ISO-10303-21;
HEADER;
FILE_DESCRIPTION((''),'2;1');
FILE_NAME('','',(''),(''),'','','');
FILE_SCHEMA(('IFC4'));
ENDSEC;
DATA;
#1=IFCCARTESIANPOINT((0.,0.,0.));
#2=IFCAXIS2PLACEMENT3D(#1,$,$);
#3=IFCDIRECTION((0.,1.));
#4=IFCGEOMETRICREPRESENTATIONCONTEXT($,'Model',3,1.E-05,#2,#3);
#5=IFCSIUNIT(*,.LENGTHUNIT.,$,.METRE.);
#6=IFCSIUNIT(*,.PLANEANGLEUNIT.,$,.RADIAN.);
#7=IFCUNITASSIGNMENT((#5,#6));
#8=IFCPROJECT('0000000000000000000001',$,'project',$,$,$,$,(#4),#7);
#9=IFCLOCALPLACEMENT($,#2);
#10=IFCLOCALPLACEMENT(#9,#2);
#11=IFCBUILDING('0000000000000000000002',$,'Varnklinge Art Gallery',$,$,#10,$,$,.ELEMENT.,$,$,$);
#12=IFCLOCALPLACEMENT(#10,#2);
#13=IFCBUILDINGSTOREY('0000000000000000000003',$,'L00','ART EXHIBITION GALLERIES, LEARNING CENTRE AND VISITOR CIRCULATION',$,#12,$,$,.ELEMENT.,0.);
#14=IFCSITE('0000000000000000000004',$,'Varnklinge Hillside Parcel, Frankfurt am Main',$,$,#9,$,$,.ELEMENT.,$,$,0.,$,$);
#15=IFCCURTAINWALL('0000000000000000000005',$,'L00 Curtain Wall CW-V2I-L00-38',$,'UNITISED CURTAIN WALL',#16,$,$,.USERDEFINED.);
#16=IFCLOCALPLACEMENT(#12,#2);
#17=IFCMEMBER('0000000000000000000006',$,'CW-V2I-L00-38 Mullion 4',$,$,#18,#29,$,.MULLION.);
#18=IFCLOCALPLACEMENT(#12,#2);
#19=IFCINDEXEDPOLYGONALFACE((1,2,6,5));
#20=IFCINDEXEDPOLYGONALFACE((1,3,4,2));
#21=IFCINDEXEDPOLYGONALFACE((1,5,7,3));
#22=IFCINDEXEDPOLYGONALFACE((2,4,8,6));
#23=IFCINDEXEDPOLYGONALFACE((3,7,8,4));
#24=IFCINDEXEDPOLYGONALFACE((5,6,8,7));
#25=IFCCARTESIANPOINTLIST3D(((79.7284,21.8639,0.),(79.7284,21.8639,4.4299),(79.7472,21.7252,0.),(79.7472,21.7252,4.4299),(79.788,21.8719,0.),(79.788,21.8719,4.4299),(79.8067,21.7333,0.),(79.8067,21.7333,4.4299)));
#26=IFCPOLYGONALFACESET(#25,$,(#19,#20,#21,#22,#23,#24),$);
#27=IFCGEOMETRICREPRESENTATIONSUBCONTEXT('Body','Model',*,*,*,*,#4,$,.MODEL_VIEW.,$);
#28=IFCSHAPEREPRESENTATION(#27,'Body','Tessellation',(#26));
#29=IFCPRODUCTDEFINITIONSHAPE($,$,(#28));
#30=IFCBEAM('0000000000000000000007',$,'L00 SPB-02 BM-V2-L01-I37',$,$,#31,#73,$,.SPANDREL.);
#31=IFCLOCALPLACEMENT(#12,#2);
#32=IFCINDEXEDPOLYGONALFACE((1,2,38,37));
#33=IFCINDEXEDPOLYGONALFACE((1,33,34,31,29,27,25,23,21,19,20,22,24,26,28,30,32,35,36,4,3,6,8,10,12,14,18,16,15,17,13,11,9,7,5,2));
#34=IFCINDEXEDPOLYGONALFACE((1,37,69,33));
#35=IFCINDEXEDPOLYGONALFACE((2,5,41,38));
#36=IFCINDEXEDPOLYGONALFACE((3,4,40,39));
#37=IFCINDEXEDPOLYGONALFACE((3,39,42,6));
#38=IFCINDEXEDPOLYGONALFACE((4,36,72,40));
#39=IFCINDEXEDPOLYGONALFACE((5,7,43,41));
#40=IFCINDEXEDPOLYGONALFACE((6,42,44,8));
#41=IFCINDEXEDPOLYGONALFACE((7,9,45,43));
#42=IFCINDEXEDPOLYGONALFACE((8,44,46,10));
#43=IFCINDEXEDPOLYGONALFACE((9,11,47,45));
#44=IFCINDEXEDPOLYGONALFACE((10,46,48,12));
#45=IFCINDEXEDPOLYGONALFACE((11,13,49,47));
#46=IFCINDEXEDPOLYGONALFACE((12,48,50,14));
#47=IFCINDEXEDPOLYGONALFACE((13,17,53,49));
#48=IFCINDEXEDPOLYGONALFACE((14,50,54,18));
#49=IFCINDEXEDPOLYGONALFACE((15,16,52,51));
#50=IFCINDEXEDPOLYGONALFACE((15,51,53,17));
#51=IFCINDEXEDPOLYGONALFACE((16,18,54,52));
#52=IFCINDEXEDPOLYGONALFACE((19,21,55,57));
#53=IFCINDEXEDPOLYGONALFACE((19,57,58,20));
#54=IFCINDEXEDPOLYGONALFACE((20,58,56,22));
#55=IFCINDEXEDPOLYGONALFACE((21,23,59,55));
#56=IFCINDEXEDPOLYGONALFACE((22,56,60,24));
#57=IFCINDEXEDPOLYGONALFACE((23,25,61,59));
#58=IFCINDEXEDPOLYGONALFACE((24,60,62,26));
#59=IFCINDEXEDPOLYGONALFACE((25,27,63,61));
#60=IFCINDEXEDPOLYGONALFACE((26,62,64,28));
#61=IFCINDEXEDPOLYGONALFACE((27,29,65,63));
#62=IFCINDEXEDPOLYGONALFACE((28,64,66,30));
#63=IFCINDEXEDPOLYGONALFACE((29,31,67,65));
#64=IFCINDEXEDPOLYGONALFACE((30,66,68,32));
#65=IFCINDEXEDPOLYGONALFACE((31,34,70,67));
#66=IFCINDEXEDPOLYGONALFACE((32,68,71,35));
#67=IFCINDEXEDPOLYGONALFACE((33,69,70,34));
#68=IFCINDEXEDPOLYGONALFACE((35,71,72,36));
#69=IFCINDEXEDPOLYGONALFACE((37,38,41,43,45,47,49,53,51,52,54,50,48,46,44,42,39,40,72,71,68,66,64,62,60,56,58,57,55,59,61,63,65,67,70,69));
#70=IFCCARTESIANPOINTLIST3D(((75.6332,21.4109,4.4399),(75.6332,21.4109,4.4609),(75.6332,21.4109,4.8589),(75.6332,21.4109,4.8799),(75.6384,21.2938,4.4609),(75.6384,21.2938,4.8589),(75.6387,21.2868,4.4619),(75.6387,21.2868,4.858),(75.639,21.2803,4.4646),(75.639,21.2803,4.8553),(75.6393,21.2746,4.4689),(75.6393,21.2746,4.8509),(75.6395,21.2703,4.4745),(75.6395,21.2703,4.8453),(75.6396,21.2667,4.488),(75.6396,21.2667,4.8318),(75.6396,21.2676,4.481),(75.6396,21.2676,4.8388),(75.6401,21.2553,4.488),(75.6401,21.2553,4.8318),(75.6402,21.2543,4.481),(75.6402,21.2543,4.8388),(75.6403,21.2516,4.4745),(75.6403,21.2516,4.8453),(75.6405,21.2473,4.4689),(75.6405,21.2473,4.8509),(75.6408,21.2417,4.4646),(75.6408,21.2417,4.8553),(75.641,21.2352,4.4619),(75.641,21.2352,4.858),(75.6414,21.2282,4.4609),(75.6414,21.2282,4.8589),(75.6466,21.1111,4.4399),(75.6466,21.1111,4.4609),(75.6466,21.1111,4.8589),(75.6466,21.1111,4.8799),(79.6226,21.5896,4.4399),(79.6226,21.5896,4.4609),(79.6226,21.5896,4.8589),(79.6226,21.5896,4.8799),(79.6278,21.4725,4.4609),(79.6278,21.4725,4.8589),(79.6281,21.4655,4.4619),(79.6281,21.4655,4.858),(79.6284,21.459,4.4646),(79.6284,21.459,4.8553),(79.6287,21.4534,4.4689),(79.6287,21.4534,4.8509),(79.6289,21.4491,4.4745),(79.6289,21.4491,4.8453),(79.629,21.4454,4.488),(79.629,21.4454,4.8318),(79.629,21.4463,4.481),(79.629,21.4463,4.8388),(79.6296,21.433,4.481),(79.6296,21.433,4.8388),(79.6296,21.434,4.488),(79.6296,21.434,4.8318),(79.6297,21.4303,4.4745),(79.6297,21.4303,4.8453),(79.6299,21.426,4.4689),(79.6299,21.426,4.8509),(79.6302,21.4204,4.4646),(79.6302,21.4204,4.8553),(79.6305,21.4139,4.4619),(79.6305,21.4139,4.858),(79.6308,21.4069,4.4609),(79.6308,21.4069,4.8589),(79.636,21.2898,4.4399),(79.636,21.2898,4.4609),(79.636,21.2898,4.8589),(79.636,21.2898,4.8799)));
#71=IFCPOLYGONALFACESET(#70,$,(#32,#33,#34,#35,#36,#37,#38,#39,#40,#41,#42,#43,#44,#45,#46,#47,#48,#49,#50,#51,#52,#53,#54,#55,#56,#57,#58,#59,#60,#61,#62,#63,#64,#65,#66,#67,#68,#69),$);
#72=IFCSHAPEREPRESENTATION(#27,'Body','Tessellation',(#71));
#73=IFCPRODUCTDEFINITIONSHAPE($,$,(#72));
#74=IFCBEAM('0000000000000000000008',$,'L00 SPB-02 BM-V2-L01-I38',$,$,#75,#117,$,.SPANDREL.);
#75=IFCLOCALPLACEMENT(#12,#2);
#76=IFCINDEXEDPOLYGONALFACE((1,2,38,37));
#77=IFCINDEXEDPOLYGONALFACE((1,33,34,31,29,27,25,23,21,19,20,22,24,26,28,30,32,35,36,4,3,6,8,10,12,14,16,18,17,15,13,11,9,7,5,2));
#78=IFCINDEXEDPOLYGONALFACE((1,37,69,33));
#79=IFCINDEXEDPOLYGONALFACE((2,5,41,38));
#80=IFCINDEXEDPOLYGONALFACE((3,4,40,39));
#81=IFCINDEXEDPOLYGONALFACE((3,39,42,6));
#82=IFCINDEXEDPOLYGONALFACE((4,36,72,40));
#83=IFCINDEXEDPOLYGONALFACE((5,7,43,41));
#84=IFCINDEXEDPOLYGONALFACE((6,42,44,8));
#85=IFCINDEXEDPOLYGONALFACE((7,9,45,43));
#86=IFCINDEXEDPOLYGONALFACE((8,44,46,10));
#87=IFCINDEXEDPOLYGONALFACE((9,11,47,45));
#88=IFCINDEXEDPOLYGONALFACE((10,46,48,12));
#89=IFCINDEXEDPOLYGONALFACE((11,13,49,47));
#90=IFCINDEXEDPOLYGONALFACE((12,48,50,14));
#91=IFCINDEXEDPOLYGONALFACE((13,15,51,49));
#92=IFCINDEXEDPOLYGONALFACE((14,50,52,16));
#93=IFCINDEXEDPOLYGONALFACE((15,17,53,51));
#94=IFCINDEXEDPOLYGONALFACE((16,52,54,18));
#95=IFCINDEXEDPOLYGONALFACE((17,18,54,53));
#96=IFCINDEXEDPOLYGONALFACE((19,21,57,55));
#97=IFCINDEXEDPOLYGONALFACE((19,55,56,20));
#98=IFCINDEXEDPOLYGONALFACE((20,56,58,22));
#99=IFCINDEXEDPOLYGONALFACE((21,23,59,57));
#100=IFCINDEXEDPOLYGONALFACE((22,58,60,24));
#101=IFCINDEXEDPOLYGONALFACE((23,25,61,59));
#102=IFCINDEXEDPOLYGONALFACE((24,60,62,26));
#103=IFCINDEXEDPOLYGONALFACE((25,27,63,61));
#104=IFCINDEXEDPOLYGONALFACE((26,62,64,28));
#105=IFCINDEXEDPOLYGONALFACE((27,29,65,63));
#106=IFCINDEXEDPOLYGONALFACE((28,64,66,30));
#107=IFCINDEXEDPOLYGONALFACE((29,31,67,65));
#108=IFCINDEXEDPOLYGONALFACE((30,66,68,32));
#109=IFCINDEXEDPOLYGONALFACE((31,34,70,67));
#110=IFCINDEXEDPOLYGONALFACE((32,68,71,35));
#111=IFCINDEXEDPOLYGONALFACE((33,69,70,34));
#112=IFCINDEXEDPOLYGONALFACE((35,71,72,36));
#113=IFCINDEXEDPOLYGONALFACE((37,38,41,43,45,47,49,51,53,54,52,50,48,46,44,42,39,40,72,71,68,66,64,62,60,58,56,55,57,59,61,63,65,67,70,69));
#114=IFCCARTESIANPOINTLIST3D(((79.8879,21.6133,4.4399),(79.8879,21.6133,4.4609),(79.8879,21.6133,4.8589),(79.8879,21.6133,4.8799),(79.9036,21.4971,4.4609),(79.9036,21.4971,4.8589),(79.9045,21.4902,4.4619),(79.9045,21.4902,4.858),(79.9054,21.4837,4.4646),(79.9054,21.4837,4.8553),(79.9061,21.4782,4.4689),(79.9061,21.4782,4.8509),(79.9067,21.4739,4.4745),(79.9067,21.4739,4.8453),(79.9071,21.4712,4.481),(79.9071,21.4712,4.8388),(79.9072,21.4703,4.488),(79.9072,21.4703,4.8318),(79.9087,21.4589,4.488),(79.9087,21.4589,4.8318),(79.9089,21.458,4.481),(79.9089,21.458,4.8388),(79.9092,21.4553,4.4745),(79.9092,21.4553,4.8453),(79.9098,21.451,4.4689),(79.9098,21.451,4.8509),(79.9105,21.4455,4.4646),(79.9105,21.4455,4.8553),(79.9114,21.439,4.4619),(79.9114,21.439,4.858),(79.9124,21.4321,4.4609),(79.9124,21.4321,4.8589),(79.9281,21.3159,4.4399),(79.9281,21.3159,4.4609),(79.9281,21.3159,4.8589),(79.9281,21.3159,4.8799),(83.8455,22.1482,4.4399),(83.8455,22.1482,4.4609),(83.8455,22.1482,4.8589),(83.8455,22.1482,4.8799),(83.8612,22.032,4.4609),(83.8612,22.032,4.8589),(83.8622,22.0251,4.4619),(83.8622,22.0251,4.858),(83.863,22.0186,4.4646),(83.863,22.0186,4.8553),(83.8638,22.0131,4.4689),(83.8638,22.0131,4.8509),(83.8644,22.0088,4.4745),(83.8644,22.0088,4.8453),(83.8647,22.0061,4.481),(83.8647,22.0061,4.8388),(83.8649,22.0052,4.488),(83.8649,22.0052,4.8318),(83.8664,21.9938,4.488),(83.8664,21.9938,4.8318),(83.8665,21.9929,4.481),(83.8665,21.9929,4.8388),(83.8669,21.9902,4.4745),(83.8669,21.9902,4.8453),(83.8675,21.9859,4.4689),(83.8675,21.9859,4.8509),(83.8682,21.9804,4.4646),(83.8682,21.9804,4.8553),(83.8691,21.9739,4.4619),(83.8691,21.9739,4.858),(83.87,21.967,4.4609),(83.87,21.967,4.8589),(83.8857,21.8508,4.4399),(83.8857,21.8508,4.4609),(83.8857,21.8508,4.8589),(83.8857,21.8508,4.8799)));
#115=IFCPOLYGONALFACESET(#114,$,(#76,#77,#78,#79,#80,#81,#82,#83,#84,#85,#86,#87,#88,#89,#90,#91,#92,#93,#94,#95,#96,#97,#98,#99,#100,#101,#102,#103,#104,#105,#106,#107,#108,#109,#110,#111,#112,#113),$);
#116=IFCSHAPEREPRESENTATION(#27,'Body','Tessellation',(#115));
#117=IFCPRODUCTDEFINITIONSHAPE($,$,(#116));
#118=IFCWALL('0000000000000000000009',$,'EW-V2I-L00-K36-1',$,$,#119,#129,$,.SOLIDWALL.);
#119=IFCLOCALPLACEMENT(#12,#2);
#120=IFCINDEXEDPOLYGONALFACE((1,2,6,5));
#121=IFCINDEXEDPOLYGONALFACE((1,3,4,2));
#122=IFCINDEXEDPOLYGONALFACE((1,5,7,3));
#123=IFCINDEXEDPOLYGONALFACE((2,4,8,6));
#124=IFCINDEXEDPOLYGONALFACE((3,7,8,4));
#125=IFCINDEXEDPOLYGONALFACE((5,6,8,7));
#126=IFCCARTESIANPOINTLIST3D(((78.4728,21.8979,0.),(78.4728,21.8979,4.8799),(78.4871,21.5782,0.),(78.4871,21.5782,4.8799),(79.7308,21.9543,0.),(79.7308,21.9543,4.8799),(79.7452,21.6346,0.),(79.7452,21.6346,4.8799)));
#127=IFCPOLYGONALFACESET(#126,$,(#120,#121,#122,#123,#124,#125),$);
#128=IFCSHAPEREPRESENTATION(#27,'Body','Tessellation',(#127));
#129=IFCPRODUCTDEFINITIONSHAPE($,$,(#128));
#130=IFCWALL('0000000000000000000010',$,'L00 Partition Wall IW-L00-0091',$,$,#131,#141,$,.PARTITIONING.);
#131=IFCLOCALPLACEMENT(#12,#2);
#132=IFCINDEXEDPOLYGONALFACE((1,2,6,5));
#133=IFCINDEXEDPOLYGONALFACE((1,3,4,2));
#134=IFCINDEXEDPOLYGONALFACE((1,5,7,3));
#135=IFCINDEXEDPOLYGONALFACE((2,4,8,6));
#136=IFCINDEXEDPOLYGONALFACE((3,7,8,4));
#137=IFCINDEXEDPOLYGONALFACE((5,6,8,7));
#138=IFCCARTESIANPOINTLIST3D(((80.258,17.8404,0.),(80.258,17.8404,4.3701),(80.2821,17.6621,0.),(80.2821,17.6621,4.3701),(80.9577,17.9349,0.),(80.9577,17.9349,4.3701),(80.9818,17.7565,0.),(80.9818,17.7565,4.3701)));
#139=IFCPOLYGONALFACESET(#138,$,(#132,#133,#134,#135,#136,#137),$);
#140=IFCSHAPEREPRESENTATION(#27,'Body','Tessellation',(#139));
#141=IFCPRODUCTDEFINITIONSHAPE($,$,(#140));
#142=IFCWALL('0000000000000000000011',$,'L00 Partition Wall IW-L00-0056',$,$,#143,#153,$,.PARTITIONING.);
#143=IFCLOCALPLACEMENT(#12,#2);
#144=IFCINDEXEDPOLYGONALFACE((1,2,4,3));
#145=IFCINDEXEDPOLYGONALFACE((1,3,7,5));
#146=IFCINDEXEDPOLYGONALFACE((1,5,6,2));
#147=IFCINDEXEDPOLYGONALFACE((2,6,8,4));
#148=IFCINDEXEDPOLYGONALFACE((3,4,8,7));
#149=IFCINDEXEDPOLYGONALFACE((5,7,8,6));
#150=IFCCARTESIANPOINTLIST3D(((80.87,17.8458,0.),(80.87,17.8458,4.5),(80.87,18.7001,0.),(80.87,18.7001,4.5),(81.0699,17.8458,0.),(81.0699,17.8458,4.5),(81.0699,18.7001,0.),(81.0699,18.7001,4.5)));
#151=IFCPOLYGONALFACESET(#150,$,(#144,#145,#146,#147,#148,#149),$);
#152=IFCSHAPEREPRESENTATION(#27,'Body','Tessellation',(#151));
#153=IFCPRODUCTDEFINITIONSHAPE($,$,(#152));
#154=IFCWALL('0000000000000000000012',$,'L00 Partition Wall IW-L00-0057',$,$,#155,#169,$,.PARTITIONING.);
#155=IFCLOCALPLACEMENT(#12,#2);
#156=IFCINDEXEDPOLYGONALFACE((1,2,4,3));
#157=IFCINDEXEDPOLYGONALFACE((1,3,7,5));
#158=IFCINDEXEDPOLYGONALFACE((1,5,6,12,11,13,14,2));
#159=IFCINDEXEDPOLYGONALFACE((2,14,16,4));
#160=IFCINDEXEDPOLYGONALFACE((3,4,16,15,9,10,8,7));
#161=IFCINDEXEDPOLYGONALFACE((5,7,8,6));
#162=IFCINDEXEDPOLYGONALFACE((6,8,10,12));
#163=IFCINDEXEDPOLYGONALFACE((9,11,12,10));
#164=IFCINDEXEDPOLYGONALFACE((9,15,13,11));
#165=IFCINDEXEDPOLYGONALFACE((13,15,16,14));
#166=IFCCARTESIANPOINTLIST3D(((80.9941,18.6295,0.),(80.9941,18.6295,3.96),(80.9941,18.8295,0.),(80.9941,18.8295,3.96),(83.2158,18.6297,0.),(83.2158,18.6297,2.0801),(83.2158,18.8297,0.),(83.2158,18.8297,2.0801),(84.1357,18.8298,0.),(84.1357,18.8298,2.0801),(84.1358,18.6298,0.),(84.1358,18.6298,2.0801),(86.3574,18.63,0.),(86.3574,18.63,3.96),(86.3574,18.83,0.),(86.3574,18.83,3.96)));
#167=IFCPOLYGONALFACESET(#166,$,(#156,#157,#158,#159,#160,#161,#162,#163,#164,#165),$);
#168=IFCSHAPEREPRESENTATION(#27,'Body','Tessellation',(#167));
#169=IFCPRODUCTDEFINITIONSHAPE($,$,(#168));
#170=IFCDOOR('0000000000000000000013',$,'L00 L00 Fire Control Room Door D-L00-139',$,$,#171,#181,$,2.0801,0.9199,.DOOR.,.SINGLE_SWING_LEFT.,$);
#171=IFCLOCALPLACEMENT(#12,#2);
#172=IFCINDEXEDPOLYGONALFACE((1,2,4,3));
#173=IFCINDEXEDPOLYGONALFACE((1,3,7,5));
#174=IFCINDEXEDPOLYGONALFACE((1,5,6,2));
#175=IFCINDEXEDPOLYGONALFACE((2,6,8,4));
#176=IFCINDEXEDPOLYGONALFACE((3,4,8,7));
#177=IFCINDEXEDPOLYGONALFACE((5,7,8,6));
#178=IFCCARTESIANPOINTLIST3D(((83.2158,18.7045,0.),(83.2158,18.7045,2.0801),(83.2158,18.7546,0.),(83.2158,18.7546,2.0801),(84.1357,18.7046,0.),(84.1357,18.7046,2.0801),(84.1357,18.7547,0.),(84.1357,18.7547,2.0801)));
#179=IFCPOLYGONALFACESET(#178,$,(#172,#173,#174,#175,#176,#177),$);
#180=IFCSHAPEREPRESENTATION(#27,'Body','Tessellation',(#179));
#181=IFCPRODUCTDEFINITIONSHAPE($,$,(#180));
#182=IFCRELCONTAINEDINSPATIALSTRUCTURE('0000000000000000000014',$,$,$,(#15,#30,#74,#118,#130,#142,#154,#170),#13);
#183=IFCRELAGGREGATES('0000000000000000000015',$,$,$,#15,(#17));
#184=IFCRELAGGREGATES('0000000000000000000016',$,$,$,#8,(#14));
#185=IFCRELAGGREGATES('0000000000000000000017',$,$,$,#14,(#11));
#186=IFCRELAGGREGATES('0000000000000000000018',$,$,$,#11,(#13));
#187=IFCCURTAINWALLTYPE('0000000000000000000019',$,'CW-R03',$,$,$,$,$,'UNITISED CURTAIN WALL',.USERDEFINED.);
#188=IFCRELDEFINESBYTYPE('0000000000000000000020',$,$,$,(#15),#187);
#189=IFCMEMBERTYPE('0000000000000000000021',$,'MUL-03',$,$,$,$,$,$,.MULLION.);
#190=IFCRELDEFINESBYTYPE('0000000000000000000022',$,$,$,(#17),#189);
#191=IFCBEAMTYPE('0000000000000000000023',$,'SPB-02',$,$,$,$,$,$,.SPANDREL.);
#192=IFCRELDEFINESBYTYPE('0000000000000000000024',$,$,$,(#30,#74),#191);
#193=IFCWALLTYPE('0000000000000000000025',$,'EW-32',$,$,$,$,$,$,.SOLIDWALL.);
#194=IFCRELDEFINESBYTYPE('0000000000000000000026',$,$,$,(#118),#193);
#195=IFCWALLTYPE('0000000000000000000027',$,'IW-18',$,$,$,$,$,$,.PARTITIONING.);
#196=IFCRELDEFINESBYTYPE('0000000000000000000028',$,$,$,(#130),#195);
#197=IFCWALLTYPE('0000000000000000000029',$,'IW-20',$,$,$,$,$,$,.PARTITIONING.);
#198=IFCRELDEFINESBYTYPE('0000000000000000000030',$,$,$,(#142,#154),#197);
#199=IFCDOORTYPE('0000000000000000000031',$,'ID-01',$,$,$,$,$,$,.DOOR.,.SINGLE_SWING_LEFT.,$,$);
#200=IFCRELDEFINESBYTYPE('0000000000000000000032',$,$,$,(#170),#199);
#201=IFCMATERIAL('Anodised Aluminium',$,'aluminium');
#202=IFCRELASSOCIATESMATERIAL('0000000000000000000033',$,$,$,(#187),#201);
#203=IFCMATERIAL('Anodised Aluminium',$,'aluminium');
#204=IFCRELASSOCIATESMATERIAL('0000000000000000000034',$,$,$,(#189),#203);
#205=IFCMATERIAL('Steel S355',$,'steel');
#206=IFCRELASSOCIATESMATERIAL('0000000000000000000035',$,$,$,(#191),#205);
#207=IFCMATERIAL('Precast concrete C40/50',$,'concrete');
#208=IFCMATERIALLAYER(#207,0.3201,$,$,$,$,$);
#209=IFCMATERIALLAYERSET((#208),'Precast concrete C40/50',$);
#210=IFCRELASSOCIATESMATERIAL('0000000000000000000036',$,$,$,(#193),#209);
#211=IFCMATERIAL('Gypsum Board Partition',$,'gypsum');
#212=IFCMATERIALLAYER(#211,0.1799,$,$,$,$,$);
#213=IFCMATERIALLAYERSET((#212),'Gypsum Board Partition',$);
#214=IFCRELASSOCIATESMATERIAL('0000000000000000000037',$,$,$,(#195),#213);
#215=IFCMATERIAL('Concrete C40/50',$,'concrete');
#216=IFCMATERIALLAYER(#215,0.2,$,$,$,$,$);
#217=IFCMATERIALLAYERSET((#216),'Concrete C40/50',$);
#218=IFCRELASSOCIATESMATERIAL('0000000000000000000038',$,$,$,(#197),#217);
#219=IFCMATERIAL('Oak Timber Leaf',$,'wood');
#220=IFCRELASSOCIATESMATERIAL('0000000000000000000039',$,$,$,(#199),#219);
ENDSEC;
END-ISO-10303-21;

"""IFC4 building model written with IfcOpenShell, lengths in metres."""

from ifc_helpers import new_model, si_unit, direction, frame, frame_2d, origin, origin_2d, place, context, subcontext, project, spatial, rectangle, i_section, extrude, material, layer, layer_set, material_profile, profile_set, type_object, element, fill, aggregate, save


model = new_model("IFC4")

# Units and contexts
model_context = context("Model", 3, precision=1e-05, world=origin(), true_north=direction((0.0, 1.0)))
body_context = subcontext(model_context, "Body", "Model", "MODEL_VIEW")
ifc_project = project(units=[si_unit("LENGTHUNIT", "METRE"), si_unit("PLANEANGLEUNIT", "RADIAN")], contexts=[model_context])

# Site, building, storey
site_placement = place(None, origin())
site = spatial("IfcSite", under=ifc_project, at=site_placement, Name="Varnklinge Hillside Parcel, Frankfurt am Main", CompositionType="ELEMENT", RefElevation=0.0)
building_placement = place(site_placement, origin())
building = spatial("IfcBuilding", under=site, at=building_placement, Name="Varnklinge Art Gallery", CompositionType="ELEMENT")
storey_placement = place(building_placement, origin())
storey = spatial("IfcBuildingStorey", under=building, at=storey_placement, Name="L00", Description="ART EXHIBITION GALLERIES, LEARNING CENTRE AND VISITOR CIRCULATION", CompositionType="ELEMENT", Elevation=0.0)

# Curtain wall, member
ifc_material_1 = material(Name="Anodised Aluminium", Category="aluminium")
curtain_wall_type = type_object("IfcCurtainWallType", Name="CW-R03", ElementType="UNITISED CURTAIN WALL", PredefinedType="USERDEFINED", material=ifc_material_1)
curtain_wall_placement = place(storey_placement, origin())
curtain_wall = element("IfcCurtainWall", 1, at=curtain_wall_placement, inside=storey, type_object=curtain_wall_type, Name="L00 Curtain Wall CW-V2I-L00-38", ObjectType="UNITISED CURTAIN WALL", PredefinedType="USERDEFINED")
ifc_material_2 = material(Name="Anodised Aluminium", Category="aluminium")
ifc_material_profile_1 = material_profile(ifc_material_2, rectangle(XDim=0.0601, YDim=0.1399, at=origin_2d()), Name="ALU 60x140")
ifc_profile_set_1 = profile_set([ifc_material_profile_1], Name="Anodised Aluminium")
member_type = type_object("IfcMemberType", Name="MUL-03", PredefinedType="MULLION", material=ifc_profile_set_1)
member_placement = place(storey_placement, frame((79.7676, 21.7986, 0.0), z_axis=(0.0, 0.0, 1.0), x_axis=(-0.990983, -0.133986, 0.0)))
member = element("IfcMember", 2, at=member_placement, type_object=member_type, Name="CW-V2I-L00-38 Mullion 4", PredefinedType="MULLION", context=body_context, shape_type="SweptSolid", body=[
    extrude(rectangle(XDim=0.0601, YDim=0.1399, at=origin_2d()), origin(), (0.0, 0.0, 1.0), 4.4299),
])
aggregate(curtain_wall, [member])

# Beams
ifc_material_3 = material(Name="Steel S355", Category="steel")
ifc_material_profile_2 = material_profile(ifc_material_3, i_section(OverallWidth=0.3, OverallDepth=0.4399, WebThickness=0.0115, FlangeThickness=0.021, FilletRadius=0.0271, at=origin_2d()), Name="HEA 450")
ifc_profile_set_2 = profile_set([ifc_material_profile_2], Name="Steel S355")
beam_type_1 = type_object("IfcBeamType", Name="SPB-02", PredefinedType="SPANDREL", material=ifc_profile_set_2)
beam_1_placement = place(storey_placement, frame((75.6399, 21.261, 4.6599), z_axis=(0.998998, 0.04475, 0.0), x_axis=(-0.04475, 0.998998, 0.0)))
element("IfcBeam", 3, at=beam_1_placement, inside=storey, type_object=beam_type_1, Name="L00 SPB-02 BM-V2-L01-I37", PredefinedType="SPANDREL", context=body_context, shape_type="SweptSolid", body=[
    extrude(i_section(OverallWidth=0.3, OverallDepth=0.4399, WebThickness=0.0115, FlangeThickness=0.021, FilletRadius=0.0271, at=origin_2d()), origin(), (0.0, 0.0, 1.0), 3.9934),
])
beam_2_placement = place(storey_placement, frame((79.908, 21.4646, 4.6599), z_axis=(0.99099, 0.133937, 0.0), x_axis=(-0.133937, 0.99099, 0.0)))
element("IfcBeam", 4, at=beam_2_placement, inside=storey, type_object=beam_type_1, Name="L00 SPB-02 BM-V2-L01-I38", PredefinedType="SPANDREL", context=body_context, shape_type="SweptSolid", body=[
    extrude(i_section(OverallWidth=0.3, OverallDepth=0.4399, WebThickness=0.0115, FlangeThickness=0.021, FilletRadius=0.0271, at=origin_2d()), origin(), (0.0, 0.0, 1.0), 3.9937),
])

# Walls
ifc_material_4 = material(Name="Precast concrete C40/50", Category="concrete")
ifc_layer_1 = layer(ifc_material_4, 0.3201)
ifc_layer_set_1 = layer_set([ifc_layer_1], Name="Precast concrete C40/50")
wall_type_1 = type_object("IfcWallType", Name="EW-32", PredefinedType="SOLIDWALL", material=ifc_layer_set_1)
wall_1_placement = place(storey_placement, frame((78.48, 21.738, 0.0), z_axis=(0.0, 0.0, 1.0), x_axis=(0.998997, 0.044783, 0.0)))
element("IfcWall", 5, at=wall_1_placement, inside=storey, type_object=wall_type_1, Name="EW-V2I-L00-K36-1", PredefinedType="SOLIDWALL", context=body_context, shape_type="SweptSolid", body=[
    extrude(rectangle(XDim=1.2593, YDim=0.3201, at=frame_2d((0.6296, 0.0))), origin(), (0.0, 0.0, 1.0), 4.8799),
])
ifc_material_5 = material(Name="Gypsum Board Partition", Category="gypsum")
ifc_layer_2 = layer(ifc_material_5, 0.1799)
ifc_layer_set_2 = layer_set([ifc_layer_2], Name="Gypsum Board Partition")
wall_type_2 = type_object("IfcWallType", Name="IW-18", PredefinedType="PARTITIONING", material=ifc_layer_set_2)
wall_2_placement = place(storey_placement, frame((80.9697, 17.8457, 0.0), z_axis=(0.0, 0.0, 1.0), x_axis=(-0.991006, -0.133817, 0.0)))
element("IfcWall", 6, at=wall_2_placement, inside=storey, type_object=wall_type_2, Name="L00 Partition Wall IW-L00-0091", PredefinedType="PARTITIONING", context=body_context, shape_type="SweptSolid", body=[
    extrude(rectangle(XDim=0.7061, YDim=0.1799, at=frame_2d((0.353, 0.0))), origin(), (0.0, 0.0, 1.0), 4.3701),
])
ifc_material_6 = material(Name="Concrete C40/50", Category="concrete")
ifc_layer_3 = layer(ifc_material_6, 0.2)
ifc_layer_set_3 = layer_set([ifc_layer_3], Name="Concrete C40/50")
wall_type_3 = type_object("IfcWallType", Name="IW-20", PredefinedType="PARTITIONING", material=ifc_layer_set_3)
wall_3_placement = place(storey_placement, frame((80.97, 17.8457, 0.0), z_axis=(0.0, 0.0, 1.0), x_axis=(0.0, 1.0, 0.0)))
element("IfcWall", 7, at=wall_3_placement, inside=storey, type_object=wall_type_3, Name="L00 Partition Wall IW-L00-0056", PredefinedType="PARTITIONING", context=body_context, shape_type="SweptSolid", body=[
    extrude(rectangle(XDim=0.8542, YDim=0.2, at=frame_2d((0.4272, 0.0))), origin(), (0.0, 0.0, 1.0), 4.5),
])

# Wall, opening, door
wall_4_placement = place(storey_placement, frame((80.9941, 18.7295, 0.0), z_axis=(0.0, 0.0, 1.0), x_axis=(1.0, 0.000091, 0.0)))
wall_4 = element("IfcWall", 8, at=wall_4_placement, inside=storey, type_object=wall_type_3, Name="L00 Partition Wall IW-L00-0057", PredefinedType="PARTITIONING", context=body_context, shape_type="SweptSolid", body=[
    extrude(rectangle(XDim=5.3633, YDim=0.2, at=frame_2d((2.6816, 0.0))), origin(), (0.0, 0.0, 1.0), 3.96),
])
opening_placement = place(wall_4_placement, frame((2.2217, 0.0, 0.0)))
opening = element("IfcOpeningElement", 9, at=opening_placement, cuts=wall_4, PredefinedType="OPENING", context=body_context, shape_type="SweptSolid", body=[
    extrude(rectangle(XDim=0.9199, YDim=2.0801, at=frame_2d((0.46, 1.04))), frame((0.0, 0.1101, 0.0), z_axis=(0.0, -1.0, 0.0), x_axis=(1.0, 0.0, 0.0)), (0.0, 0.0, 1.0), 0.22),
])
ifc_material_7 = material(Name="Oak Timber Leaf", Category="wood")
door_type = type_object("IfcDoorType", Name="ID-01", OperationType="SINGLE_SWING_LEFT", PredefinedType="DOOR", material=ifc_material_7)
door_placement = place(opening_placement, origin())
door = element("IfcDoor", 10, at=door_placement, inside=storey, type_object=door_type, Name="L00 L00 Fire Control Room Door D-L00-139", OperationType="SINGLE_SWING_LEFT", OverallHeight=2.0801, OverallWidth=0.9199, PredefinedType="DOOR", context=body_context, shape_type="SweptSolid", body=[
    extrude(rectangle(XDim=0.9199, YDim=2.0801, at=frame_2d((0.46, 1.04))), frame((0.0, 0.0249, 0.0), z_axis=(0.0, -1.0, 0.0), x_axis=(1.0, 0.0, 0.0)), (0.0, 0.0, 1.0), 0.05),
])
fill(opening, door)

save(model, "model.ifc")
